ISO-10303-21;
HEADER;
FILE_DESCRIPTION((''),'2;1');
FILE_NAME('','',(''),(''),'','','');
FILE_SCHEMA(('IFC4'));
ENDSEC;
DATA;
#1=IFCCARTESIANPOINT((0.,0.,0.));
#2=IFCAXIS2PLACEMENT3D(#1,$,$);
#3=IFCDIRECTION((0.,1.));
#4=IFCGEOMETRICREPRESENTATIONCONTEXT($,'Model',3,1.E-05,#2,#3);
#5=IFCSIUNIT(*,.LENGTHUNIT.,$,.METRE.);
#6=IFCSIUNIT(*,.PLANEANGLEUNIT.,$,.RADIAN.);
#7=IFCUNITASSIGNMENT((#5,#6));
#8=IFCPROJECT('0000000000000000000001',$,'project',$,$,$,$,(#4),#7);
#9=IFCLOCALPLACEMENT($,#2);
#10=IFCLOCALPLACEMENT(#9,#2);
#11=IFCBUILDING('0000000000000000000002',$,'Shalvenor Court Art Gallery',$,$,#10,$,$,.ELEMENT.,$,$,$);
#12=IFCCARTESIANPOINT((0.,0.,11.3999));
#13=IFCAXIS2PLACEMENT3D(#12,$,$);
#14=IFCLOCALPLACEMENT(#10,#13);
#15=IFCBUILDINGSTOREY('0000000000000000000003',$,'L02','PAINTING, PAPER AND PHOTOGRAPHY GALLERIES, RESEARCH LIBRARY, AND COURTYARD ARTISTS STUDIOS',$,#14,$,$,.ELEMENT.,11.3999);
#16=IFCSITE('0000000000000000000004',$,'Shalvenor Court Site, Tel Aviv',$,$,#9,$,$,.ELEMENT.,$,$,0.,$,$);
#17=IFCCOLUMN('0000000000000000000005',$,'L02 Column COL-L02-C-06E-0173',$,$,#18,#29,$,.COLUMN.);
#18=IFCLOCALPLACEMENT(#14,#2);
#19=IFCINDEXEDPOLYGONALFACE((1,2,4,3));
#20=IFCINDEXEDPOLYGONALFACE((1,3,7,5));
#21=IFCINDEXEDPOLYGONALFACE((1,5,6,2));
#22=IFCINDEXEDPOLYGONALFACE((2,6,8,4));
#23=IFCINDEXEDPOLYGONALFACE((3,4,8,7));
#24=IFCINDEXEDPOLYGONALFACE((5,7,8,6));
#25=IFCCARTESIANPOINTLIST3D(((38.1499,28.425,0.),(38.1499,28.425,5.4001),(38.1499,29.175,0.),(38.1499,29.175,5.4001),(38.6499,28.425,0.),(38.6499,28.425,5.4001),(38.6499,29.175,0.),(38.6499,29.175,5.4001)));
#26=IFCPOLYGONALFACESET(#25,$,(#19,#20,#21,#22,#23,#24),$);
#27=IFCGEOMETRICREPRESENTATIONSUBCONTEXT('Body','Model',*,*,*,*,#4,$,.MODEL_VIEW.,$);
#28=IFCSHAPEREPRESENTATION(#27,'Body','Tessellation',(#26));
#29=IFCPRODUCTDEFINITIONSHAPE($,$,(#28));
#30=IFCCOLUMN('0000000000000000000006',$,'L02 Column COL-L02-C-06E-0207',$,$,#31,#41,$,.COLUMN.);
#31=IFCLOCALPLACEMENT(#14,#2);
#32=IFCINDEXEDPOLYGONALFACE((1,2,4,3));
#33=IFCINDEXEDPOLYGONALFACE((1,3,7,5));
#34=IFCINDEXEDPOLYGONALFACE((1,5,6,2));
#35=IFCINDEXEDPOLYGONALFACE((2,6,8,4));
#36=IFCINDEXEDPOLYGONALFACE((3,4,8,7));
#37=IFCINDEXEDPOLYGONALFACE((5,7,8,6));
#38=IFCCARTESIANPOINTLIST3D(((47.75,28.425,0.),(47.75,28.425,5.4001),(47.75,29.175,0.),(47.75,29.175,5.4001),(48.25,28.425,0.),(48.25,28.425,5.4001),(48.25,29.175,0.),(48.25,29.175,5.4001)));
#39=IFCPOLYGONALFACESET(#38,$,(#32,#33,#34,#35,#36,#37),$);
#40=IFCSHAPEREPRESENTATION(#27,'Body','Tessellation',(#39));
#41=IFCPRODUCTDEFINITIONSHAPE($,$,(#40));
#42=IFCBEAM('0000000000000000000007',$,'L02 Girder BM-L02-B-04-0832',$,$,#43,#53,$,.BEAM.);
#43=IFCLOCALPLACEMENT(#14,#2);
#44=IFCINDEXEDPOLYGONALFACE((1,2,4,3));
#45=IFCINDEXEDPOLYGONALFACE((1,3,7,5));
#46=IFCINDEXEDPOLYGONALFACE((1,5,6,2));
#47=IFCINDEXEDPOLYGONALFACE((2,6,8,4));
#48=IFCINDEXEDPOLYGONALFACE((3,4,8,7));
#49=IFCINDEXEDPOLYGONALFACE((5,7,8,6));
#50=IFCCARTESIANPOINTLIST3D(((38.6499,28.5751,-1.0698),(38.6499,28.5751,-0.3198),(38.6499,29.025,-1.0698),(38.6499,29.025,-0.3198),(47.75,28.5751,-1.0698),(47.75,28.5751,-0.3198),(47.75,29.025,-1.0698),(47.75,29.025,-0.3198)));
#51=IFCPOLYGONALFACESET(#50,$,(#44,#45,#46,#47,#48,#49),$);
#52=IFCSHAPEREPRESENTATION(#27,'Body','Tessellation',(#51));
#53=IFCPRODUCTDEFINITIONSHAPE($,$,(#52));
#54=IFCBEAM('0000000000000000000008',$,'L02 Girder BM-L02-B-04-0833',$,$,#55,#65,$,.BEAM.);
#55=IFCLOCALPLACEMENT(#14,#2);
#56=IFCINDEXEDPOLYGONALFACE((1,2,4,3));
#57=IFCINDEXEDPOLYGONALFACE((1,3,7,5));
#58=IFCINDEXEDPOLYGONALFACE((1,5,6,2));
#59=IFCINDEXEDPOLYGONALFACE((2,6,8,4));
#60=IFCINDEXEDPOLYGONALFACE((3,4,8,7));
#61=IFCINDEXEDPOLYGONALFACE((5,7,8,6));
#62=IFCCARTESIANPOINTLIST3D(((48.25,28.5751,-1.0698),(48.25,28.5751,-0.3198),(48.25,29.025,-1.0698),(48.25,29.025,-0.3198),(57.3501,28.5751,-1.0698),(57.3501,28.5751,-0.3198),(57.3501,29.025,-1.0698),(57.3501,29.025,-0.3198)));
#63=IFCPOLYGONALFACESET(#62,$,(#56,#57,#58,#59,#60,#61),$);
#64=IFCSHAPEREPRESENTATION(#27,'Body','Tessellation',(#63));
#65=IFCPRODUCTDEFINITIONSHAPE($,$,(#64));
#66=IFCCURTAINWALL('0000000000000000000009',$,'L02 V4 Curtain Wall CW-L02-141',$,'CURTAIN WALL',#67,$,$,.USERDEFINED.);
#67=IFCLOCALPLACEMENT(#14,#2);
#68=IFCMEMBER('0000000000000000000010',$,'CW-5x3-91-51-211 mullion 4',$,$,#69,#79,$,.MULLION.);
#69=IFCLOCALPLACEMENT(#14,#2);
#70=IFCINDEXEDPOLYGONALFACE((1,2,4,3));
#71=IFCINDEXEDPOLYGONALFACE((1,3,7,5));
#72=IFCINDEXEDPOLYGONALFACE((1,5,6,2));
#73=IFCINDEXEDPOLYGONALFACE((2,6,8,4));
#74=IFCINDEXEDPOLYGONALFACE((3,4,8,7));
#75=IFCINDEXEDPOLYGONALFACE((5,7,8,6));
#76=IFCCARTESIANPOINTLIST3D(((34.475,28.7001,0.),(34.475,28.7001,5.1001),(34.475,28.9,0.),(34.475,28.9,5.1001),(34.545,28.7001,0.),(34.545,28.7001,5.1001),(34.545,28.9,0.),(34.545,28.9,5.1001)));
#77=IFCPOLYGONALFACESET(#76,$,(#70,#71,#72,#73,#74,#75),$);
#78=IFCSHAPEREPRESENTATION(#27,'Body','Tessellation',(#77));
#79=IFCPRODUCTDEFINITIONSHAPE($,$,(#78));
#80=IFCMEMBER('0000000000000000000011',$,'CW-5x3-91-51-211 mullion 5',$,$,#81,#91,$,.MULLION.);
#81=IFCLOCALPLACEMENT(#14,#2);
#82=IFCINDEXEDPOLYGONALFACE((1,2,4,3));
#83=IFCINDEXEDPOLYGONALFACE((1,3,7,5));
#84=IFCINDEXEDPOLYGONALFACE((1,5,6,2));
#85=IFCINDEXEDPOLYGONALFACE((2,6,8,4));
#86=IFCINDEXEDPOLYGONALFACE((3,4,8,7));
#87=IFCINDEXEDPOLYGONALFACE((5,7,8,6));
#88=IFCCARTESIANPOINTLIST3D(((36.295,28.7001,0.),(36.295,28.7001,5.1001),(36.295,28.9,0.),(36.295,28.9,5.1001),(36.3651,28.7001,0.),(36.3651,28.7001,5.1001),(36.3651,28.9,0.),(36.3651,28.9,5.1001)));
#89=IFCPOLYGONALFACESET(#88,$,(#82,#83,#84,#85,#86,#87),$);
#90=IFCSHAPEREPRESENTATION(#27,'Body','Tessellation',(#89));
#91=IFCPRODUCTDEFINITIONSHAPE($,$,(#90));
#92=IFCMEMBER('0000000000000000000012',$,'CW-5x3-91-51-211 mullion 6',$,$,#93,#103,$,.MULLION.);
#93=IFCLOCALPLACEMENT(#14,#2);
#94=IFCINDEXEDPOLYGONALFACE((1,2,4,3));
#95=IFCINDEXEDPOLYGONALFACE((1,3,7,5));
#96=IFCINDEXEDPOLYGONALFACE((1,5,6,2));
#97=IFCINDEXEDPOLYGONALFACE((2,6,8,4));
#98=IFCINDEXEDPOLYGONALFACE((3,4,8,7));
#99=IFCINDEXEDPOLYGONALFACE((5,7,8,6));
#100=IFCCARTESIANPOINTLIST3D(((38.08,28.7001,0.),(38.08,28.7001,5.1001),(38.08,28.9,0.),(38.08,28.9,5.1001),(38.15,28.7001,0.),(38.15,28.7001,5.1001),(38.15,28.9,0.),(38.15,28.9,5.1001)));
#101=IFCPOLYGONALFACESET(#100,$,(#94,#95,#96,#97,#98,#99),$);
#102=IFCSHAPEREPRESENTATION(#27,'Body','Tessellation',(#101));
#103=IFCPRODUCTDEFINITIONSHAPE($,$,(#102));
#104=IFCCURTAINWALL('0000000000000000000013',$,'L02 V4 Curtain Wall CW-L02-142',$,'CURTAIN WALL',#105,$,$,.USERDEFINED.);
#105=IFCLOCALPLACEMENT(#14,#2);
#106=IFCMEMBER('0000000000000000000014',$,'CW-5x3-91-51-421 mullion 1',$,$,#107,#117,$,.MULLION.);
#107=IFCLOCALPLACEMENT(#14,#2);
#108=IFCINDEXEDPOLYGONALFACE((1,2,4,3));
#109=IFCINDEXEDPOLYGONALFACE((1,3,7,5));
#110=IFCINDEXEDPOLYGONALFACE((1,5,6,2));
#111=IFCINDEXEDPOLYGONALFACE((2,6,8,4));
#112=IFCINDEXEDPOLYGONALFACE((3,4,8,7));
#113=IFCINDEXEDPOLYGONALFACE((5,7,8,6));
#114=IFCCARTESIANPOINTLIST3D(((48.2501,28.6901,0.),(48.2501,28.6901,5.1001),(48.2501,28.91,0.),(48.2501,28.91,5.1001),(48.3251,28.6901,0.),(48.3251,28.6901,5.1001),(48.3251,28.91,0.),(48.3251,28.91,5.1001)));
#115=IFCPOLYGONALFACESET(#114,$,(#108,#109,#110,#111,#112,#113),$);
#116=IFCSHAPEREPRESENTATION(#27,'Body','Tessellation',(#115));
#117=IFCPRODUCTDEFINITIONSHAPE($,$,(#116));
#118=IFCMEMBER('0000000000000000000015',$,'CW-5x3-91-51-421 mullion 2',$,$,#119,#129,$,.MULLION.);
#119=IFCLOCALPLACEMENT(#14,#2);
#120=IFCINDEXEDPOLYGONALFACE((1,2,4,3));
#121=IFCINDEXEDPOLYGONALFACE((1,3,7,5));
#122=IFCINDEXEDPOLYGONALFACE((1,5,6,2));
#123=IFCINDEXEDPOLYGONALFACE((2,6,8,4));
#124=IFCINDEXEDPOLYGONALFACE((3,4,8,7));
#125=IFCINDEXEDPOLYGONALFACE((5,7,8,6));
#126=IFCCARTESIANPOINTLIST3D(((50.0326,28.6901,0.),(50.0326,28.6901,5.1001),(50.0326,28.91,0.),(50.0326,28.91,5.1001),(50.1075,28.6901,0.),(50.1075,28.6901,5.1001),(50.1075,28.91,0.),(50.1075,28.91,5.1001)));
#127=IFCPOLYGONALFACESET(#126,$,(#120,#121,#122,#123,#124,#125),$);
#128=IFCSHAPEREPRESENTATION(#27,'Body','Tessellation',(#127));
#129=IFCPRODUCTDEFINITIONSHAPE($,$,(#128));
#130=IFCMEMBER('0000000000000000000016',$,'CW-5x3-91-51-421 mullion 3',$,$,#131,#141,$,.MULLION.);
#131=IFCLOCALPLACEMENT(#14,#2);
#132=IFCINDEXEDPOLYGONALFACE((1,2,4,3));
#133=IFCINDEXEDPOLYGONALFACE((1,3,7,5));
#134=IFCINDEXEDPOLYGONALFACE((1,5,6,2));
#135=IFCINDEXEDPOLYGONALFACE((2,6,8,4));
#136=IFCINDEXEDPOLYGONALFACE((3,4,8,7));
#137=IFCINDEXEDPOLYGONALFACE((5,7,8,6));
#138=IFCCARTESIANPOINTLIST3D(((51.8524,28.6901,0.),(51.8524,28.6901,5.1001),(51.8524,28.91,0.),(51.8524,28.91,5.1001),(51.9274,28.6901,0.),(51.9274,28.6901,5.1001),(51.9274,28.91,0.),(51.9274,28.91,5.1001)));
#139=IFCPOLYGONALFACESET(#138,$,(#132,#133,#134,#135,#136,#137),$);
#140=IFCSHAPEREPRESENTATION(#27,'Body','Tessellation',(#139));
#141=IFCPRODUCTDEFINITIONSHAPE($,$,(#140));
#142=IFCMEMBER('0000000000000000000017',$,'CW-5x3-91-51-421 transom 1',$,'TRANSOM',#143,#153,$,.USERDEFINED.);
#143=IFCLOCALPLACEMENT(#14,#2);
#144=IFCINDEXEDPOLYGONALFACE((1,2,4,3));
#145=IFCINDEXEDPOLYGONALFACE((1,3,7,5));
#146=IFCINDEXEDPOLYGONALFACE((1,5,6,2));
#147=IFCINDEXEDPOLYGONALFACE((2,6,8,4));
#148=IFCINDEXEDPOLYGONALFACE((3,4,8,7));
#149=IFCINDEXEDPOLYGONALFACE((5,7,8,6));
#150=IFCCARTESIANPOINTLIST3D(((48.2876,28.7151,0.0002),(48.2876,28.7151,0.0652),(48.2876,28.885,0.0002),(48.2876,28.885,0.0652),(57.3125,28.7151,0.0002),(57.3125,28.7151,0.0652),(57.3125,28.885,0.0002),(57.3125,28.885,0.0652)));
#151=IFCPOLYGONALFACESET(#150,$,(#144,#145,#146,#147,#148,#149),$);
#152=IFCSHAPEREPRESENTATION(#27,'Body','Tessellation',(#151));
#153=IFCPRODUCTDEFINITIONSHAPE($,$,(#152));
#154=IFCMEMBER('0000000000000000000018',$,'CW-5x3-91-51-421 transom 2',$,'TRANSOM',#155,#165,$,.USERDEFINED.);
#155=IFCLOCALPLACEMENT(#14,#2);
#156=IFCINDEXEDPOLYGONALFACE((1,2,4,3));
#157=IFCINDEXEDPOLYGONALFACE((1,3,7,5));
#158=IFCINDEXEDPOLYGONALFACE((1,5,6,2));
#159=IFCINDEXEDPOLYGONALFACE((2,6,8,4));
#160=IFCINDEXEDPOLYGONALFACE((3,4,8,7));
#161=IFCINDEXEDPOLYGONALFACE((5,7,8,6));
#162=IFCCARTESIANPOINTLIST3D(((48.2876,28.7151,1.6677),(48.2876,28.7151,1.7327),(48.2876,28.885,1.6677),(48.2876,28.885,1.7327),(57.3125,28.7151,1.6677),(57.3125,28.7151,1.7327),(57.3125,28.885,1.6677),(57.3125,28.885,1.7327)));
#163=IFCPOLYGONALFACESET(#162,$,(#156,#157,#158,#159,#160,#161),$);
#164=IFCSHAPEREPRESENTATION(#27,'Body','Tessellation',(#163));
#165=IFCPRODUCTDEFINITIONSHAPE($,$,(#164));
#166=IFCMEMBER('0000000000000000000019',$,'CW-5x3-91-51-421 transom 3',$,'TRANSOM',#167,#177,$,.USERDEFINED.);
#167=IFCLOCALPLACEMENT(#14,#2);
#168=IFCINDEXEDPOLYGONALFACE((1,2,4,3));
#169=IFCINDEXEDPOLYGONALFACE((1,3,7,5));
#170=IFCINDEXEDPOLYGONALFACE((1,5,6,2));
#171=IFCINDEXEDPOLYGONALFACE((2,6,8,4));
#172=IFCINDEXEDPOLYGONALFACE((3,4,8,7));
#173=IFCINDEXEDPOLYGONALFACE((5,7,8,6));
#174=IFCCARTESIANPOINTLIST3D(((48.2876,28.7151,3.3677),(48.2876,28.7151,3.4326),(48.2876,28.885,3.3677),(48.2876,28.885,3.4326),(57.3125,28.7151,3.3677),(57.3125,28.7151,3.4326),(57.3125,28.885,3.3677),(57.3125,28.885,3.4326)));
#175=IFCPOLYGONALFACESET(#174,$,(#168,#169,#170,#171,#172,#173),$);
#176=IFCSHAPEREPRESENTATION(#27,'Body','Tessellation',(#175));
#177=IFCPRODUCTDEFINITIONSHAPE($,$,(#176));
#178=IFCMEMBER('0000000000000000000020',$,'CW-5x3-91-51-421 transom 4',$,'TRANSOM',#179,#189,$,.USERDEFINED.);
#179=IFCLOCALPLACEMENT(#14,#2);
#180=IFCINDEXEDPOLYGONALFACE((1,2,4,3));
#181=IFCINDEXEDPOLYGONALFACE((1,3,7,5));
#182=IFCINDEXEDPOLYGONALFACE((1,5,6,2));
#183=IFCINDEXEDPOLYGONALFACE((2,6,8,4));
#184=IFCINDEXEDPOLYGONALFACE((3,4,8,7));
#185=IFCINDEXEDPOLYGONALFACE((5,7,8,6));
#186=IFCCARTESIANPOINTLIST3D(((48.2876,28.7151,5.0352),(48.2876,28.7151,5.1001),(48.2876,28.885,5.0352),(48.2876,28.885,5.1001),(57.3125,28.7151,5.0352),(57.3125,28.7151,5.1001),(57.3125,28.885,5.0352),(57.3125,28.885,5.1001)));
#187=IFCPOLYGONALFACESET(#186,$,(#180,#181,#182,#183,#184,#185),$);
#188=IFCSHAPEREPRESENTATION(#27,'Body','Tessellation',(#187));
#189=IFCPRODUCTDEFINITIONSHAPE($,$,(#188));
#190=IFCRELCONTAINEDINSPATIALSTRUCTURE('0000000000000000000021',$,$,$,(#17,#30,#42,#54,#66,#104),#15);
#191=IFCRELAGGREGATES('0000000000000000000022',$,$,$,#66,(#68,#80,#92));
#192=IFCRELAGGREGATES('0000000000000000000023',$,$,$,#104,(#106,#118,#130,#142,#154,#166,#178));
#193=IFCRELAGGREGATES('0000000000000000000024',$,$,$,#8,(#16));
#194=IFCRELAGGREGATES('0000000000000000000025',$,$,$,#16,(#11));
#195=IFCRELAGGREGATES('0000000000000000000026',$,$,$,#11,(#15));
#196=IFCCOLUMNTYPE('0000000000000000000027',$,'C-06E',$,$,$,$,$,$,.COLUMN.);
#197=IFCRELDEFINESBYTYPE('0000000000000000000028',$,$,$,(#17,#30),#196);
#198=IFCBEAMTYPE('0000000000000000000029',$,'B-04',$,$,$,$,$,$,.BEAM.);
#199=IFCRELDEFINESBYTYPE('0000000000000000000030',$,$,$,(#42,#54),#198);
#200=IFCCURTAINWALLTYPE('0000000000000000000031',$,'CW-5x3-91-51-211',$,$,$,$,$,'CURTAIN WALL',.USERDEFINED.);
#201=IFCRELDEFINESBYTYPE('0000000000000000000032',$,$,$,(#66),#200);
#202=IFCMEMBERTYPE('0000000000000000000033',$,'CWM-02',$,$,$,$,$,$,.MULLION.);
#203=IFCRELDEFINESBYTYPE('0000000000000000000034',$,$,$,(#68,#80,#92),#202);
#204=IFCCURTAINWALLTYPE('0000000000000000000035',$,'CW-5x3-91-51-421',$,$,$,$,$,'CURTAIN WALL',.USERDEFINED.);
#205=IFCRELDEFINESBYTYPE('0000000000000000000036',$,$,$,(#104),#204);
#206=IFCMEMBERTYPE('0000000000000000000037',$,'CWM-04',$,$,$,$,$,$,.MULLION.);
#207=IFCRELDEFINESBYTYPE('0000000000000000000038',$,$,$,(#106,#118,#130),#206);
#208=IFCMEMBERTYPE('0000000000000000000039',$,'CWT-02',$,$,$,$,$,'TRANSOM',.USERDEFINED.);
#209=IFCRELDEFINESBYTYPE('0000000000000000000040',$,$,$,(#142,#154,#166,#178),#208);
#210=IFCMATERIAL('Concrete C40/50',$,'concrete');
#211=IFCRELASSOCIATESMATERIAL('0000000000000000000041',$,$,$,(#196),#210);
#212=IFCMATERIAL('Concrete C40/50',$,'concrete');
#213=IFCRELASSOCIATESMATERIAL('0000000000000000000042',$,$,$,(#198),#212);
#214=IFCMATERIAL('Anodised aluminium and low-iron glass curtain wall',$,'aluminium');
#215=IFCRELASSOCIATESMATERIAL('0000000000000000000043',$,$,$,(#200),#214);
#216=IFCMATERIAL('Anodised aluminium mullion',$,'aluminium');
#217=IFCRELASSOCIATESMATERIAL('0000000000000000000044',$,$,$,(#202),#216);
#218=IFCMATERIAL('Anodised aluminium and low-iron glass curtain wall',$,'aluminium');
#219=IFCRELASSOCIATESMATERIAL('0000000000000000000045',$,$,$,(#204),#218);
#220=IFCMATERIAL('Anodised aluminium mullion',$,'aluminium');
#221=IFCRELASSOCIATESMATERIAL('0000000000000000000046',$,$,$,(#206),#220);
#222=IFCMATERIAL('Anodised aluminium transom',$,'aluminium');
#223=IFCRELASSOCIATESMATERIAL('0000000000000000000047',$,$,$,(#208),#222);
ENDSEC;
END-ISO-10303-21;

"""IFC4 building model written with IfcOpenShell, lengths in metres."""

from ifc_helpers import new_model, si_unit, direction, frame, origin, origin_2d, place, context, subcontext, project, spatial, rectangle, extrude, material, material_profile, profile_set, type_object, element, aggregate, save


model = new_model("IFC4")

# Units and contexts
model_context = context("Model", 3, precision=1e-05, world=origin(), true_north=direction((0.0, 1.0)))
body_context = subcontext(model_context, "Body", "Model", "MODEL_VIEW")
ifc_project = project(units=[si_unit("LENGTHUNIT", "METRE"), si_unit("PLANEANGLEUNIT", "RADIAN")], contexts=[model_context])

# Site, building, storey
site_placement = place(None, origin())
site = spatial("IfcSite", under=ifc_project, at=site_placement, Name="Shalvenor Court Site, Tel Aviv", CompositionType="ELEMENT", RefElevation=0.0)
building_placement = place(site_placement, origin())
building = spatial("IfcBuilding", under=site, at=building_placement, Name="Shalvenor Court Art Gallery", CompositionType="ELEMENT")
storey_placement = place(building_placement, frame((0.0, 0.0, 11.3999)))
storey = spatial("IfcBuildingStorey", under=building, at=storey_placement, Name="L02", Description="PAINTING, PAPER AND PHOTOGRAPHY GALLERIES, RESEARCH LIBRARY, AND COURTYARD ARTISTS STUDIOS", CompositionType="ELEMENT", Elevation=11.3999)

# Columns
ifc_material_1 = material(Name="Concrete C40/50", Category="concrete")
ifc_material_profile_1 = material_profile(ifc_material_1, rectangle(XDim=0.5, YDim=0.75, at=origin_2d()), Name="RC 500x750")
ifc_profile_set_1 = profile_set([ifc_material_profile_1], Name="Concrete C40/50")
column_type = type_object("IfcColumnType", Name="C-06E", PredefinedType="COLUMN", material=ifc_profile_set_1)
for number, where, z_axis, x_axis, name in (
    (1, (38.3999, 28.8, 0.0), (0.0, 0.0, 1.0), (1.0, 0.0, 0.0), "L02 Column COL-L02-C-06E-0173"),
    (2, (48.0, 28.8, 0.0), (0.0, 0.0, 1.0), (1.0, 0.0, 0.0), "L02 Column COL-L02-C-06E-0207"),
):
    element("IfcColumn", number, at=place(storey_placement, frame(where, z_axis=z_axis, x_axis=x_axis)), inside=storey, type_object=column_type, Name=name, PredefinedType="COLUMN", context=body_context, shape_type="SweptSolid", body=[
        extrude(rectangle(XDim=0.5, YDim=0.75, at=origin_2d()), origin(), (0.0, 0.0, 1.0), 5.4001),
    ])

# Beams
ifc_material_2 = material(Name="Concrete C40/50", Category="concrete")
ifc_material_profile_2 = material_profile(ifc_material_2, rectangle(XDim=0.45, YDim=0.75, at=origin_2d()), Name="RC 450x750")
ifc_profile_set_2 = profile_set([ifc_material_profile_2], Name="Concrete C40/50")
beam_type = type_object("IfcBeamType", Name="B-04", PredefinedType="BEAM", material=ifc_profile_set_2)
for number, where, z_axis, x_axis, name in (
    (3, (38.6499, 28.8, -0.6948), (1.0, 0.0, 0.0), (0.0, 1.0, 0.0), "L02 Girder BM-L02-B-04-0832"),
    (4, (48.25, 28.8, -0.6948), (1.0, 0.0, 0.0), (0.0, 1.0, 0.0), "L02 Girder BM-L02-B-04-0833"),
):
    element("IfcBeam", number, at=place(storey_placement, frame(where, z_axis=z_axis, x_axis=x_axis)), inside=storey, type_object=beam_type, Name=name, PredefinedType="BEAM", context=body_context, shape_type="SweptSolid", body=[
        extrude(rectangle(XDim=0.45, YDim=0.75, at=origin_2d()), origin(), (0.0, 0.0, 1.0), 9.1001),
    ])

# Curtain walls, members
ifc_material_3 = material(Name="Anodised aluminium and low-iron glass curtain wall", Category="aluminium")
curtain_wall_type_1 = type_object("IfcCurtainWallType", Name="CW-5x3-91-51-211", ElementType="CURTAIN WALL", PredefinedType="USERDEFINED", material=ifc_material_3)
curtain_wall_1_placement = place(storey_placement, origin())
curtain_wall_1 = element("IfcCurtainWall", 5, at=curtain_wall_1_placement, inside=storey, type_object=curtain_wall_type_1, Name="L02 V4 Curtain Wall CW-L02-141", ObjectType="CURTAIN WALL", PredefinedType="USERDEFINED")
ifc_material_4 = material(Name="Anodised aluminium mullion", Category="aluminium")
ifc_material_profile_3 = material_profile(ifc_material_4, rectangle(XDim=0.0701, YDim=0.2, at=origin_2d()), Name="CWM-02")
ifc_profile_set_3 = profile_set([ifc_material_profile_3], Name="Anodised aluminium mullion")
member_type_1 = type_object("IfcMemberType", Name="CWM-02", PredefinedType="MULLION", material=ifc_profile_set_3)
member_1_placement = place(storey_placement, frame((34.51, 28.8, 0.0), z_axis=(0.0, 0.0, 1.0), x_axis=(1.0, 0.0, 0.0)))
member_1 = element("IfcMember", 6, at=member_1_placement, type_object=member_type_1, Name="CW-5x3-91-51-211 mullion 4", PredefinedType="MULLION", context=body_context, shape_type="SweptSolid", body=[
    extrude(rectangle(XDim=0.0701, YDim=0.2, at=origin_2d()), origin(), (0.0, 0.0, 1.0), 5.1001),
])
member_2_placement = place(storey_placement, frame((36.3301, 28.8, 0.0), z_axis=(0.0, 0.0, 1.0), x_axis=(1.0, 0.0, 0.0)))
member_2 = element("IfcMember", 7, at=member_2_placement, type_object=member_type_1, Name="CW-5x3-91-51-211 mullion 5", PredefinedType="MULLION", context=body_context, shape_type="SweptSolid", body=[
    extrude(rectangle(XDim=0.0701, YDim=0.2, at=origin_2d()), origin(), (0.0, 0.0, 1.0), 5.1001),
])
member_3_placement = place(storey_placement, frame((38.115, 28.8, 0.0), z_axis=(0.0, 0.0, 1.0), x_axis=(1.0, 0.0, 0.0)))
member_3 = element("IfcMember", 8, at=member_3_placement, type_object=member_type_1, Name="CW-5x3-91-51-211 mullion 6", PredefinedType="MULLION", context=body_context, shape_type="SweptSolid", body=[
    extrude(rectangle(XDim=0.0701, YDim=0.2, at=origin_2d()), origin(), (0.0, 0.0, 1.0), 5.1001),
])
ifc_material_5 = material(Name="Anodised aluminium and low-iron glass curtain wall", Category="aluminium")
curtain_wall_type_2 = type_object("IfcCurtainWallType", Name="CW-5x3-91-51-421", ElementType="CURTAIN WALL", PredefinedType="USERDEFINED", material=ifc_material_5)
curtain_wall_2_placement = place(storey_placement, origin())
curtain_wall_2 = element("IfcCurtainWall", 9, at=curtain_wall_2_placement, inside=storey, type_object=curtain_wall_type_2, Name="L02 V4 Curtain Wall CW-L02-142", ObjectType="CURTAIN WALL", PredefinedType="USERDEFINED")
ifc_material_6 = material(Name="Anodised aluminium mullion", Category="aluminium")
ifc_material_profile_4 = material_profile(ifc_material_6, rectangle(XDim=0.075, YDim=0.22, at=origin_2d()), Name="CWM-04")
ifc_profile_set_4 = profile_set([ifc_material_profile_4], Name="Anodised aluminium mullion")
member_type_2 = type_object("IfcMemberType", Name="CWM-04", PredefinedType="MULLION", material=ifc_profile_set_4)
member_4_placement = place(storey_placement, frame((48.2876, 28.8, 0.0), z_axis=(0.0, 0.0, 1.0), x_axis=(1.0, 0.0, 0.0)))
member_4 = element("IfcMember", 10, at=member_4_placement, type_object=member_type_2, Name="CW-5x3-91-51-421 mullion 1", PredefinedType="MULLION", context=body_context, shape_type="SweptSolid", body=[
    extrude(rectangle(XDim=0.075, YDim=0.22, at=origin_2d()), origin(), (0.0, 0.0, 1.0), 5.1001),
])
member_5_placement = place(storey_placement, frame((50.0701, 28.8, 0.0), z_axis=(0.0, 0.0, 1.0), x_axis=(1.0, 0.0, 0.0)))
member_5 = element("IfcMember", 11, at=member_5_placement, type_object=member_type_2, Name="CW-5x3-91-51-421 mullion 2", PredefinedType="MULLION", context=body_context, shape_type="SweptSolid", body=[
    extrude(rectangle(XDim=0.075, YDim=0.22, at=origin_2d()), origin(), (0.0, 0.0, 1.0), 5.1001),
])
member_6_placement = place(storey_placement, frame((51.8899, 28.8, 0.0), z_axis=(0.0, 0.0, 1.0), x_axis=(1.0, 0.0, 0.0)))
member_6 = element("IfcMember", 12, at=member_6_placement, type_object=member_type_2, Name="CW-5x3-91-51-421 mullion 3", PredefinedType="MULLION", context=body_context, shape_type="SweptSolid", body=[
    extrude(rectangle(XDim=0.075, YDim=0.22, at=origin_2d()), origin(), (0.0, 0.0, 1.0), 5.1001),
])
ifc_material_7 = material(Name="Anodised aluminium transom", Category="aluminium")
ifc_material_profile_5 = material_profile(ifc_material_7, rectangle(XDim=0.1699, YDim=0.0649, at=origin_2d()), Name="CWT-02")
ifc_profile_set_5 = profile_set([ifc_material_profile_5], Name="Anodised aluminium transom")
member_type_3 = type_object("IfcMemberType", Name="CWT-02", ElementType="TRANSOM", PredefinedType="USERDEFINED", material=ifc_profile_set_5)
member_7_placement = place(storey_placement, frame((48.2876, 28.8, 0.0327), z_axis=(1.0, 0.0, 0.0), x_axis=(0.0, 1.0, 0.0)))
member_7 = element("IfcMember", 13, at=member_7_placement, type_object=member_type_3, Name="CW-5x3-91-51-421 transom 1", ObjectType="TRANSOM", PredefinedType="USERDEFINED", context=body_context, shape_type="SweptSolid", body=[
    extrude(rectangle(XDim=0.1699, YDim=0.0649, at=origin_2d()), origin(), (0.0, 0.0, 1.0), 9.0249),
])
member_8_placement = place(storey_placement, frame((48.2876, 28.8, 1.7002), z_axis=(1.0, 0.0, 0.0), x_axis=(0.0, 1.0, 0.0)))
member_8 = element("IfcMember", 14, at=member_8_placement, type_object=member_type_3, Name="CW-5x3-91-51-421 transom 2", ObjectType="TRANSOM", PredefinedType="USERDEFINED", context=body_context, shape_type="SweptSolid", body=[
    extrude(rectangle(XDim=0.1699, YDim=0.0649, at=origin_2d()), origin(), (0.0, 0.0, 1.0), 9.0249),
])
member_9_placement = place(storey_placement, frame((48.2876, 28.8, 3.4001), z_axis=(1.0, 0.0, 0.0), x_axis=(0.0, 1.0, 0.0)))
member_9 = element("IfcMember", 15, at=member_9_placement, type_object=member_type_3, Name="CW-5x3-91-51-421 transom 3", ObjectType="TRANSOM", PredefinedType="USERDEFINED", context=body_context, shape_type="SweptSolid", body=[
    extrude(rectangle(XDim=0.1699, YDim=0.0649, at=origin_2d()), origin(), (0.0, 0.0, 1.0), 9.0249),
])
member_10_placement = place(storey_placement, frame((48.2876, 28.8, 5.0676), z_axis=(1.0, 0.0, 0.0), x_axis=(0.0, 1.0, 0.0)))
member_10 = element("IfcMember", 16, at=member_10_placement, type_object=member_type_3, Name="CW-5x3-91-51-421 transom 4", ObjectType="TRANSOM", PredefinedType="USERDEFINED", context=body_context, shape_type="SweptSolid", body=[
    extrude(rectangle(XDim=0.1699, YDim=0.0649, at=origin_2d()), origin(), (0.0, 0.0, 1.0), 9.0249),
])

aggregate(curtain_wall_1, [member_1, member_2, member_3])
aggregate(curtain_wall_2, [member_4, member_5, member_6, member_7, member_8, member_9, member_10])

save(model, "model.ifc")
